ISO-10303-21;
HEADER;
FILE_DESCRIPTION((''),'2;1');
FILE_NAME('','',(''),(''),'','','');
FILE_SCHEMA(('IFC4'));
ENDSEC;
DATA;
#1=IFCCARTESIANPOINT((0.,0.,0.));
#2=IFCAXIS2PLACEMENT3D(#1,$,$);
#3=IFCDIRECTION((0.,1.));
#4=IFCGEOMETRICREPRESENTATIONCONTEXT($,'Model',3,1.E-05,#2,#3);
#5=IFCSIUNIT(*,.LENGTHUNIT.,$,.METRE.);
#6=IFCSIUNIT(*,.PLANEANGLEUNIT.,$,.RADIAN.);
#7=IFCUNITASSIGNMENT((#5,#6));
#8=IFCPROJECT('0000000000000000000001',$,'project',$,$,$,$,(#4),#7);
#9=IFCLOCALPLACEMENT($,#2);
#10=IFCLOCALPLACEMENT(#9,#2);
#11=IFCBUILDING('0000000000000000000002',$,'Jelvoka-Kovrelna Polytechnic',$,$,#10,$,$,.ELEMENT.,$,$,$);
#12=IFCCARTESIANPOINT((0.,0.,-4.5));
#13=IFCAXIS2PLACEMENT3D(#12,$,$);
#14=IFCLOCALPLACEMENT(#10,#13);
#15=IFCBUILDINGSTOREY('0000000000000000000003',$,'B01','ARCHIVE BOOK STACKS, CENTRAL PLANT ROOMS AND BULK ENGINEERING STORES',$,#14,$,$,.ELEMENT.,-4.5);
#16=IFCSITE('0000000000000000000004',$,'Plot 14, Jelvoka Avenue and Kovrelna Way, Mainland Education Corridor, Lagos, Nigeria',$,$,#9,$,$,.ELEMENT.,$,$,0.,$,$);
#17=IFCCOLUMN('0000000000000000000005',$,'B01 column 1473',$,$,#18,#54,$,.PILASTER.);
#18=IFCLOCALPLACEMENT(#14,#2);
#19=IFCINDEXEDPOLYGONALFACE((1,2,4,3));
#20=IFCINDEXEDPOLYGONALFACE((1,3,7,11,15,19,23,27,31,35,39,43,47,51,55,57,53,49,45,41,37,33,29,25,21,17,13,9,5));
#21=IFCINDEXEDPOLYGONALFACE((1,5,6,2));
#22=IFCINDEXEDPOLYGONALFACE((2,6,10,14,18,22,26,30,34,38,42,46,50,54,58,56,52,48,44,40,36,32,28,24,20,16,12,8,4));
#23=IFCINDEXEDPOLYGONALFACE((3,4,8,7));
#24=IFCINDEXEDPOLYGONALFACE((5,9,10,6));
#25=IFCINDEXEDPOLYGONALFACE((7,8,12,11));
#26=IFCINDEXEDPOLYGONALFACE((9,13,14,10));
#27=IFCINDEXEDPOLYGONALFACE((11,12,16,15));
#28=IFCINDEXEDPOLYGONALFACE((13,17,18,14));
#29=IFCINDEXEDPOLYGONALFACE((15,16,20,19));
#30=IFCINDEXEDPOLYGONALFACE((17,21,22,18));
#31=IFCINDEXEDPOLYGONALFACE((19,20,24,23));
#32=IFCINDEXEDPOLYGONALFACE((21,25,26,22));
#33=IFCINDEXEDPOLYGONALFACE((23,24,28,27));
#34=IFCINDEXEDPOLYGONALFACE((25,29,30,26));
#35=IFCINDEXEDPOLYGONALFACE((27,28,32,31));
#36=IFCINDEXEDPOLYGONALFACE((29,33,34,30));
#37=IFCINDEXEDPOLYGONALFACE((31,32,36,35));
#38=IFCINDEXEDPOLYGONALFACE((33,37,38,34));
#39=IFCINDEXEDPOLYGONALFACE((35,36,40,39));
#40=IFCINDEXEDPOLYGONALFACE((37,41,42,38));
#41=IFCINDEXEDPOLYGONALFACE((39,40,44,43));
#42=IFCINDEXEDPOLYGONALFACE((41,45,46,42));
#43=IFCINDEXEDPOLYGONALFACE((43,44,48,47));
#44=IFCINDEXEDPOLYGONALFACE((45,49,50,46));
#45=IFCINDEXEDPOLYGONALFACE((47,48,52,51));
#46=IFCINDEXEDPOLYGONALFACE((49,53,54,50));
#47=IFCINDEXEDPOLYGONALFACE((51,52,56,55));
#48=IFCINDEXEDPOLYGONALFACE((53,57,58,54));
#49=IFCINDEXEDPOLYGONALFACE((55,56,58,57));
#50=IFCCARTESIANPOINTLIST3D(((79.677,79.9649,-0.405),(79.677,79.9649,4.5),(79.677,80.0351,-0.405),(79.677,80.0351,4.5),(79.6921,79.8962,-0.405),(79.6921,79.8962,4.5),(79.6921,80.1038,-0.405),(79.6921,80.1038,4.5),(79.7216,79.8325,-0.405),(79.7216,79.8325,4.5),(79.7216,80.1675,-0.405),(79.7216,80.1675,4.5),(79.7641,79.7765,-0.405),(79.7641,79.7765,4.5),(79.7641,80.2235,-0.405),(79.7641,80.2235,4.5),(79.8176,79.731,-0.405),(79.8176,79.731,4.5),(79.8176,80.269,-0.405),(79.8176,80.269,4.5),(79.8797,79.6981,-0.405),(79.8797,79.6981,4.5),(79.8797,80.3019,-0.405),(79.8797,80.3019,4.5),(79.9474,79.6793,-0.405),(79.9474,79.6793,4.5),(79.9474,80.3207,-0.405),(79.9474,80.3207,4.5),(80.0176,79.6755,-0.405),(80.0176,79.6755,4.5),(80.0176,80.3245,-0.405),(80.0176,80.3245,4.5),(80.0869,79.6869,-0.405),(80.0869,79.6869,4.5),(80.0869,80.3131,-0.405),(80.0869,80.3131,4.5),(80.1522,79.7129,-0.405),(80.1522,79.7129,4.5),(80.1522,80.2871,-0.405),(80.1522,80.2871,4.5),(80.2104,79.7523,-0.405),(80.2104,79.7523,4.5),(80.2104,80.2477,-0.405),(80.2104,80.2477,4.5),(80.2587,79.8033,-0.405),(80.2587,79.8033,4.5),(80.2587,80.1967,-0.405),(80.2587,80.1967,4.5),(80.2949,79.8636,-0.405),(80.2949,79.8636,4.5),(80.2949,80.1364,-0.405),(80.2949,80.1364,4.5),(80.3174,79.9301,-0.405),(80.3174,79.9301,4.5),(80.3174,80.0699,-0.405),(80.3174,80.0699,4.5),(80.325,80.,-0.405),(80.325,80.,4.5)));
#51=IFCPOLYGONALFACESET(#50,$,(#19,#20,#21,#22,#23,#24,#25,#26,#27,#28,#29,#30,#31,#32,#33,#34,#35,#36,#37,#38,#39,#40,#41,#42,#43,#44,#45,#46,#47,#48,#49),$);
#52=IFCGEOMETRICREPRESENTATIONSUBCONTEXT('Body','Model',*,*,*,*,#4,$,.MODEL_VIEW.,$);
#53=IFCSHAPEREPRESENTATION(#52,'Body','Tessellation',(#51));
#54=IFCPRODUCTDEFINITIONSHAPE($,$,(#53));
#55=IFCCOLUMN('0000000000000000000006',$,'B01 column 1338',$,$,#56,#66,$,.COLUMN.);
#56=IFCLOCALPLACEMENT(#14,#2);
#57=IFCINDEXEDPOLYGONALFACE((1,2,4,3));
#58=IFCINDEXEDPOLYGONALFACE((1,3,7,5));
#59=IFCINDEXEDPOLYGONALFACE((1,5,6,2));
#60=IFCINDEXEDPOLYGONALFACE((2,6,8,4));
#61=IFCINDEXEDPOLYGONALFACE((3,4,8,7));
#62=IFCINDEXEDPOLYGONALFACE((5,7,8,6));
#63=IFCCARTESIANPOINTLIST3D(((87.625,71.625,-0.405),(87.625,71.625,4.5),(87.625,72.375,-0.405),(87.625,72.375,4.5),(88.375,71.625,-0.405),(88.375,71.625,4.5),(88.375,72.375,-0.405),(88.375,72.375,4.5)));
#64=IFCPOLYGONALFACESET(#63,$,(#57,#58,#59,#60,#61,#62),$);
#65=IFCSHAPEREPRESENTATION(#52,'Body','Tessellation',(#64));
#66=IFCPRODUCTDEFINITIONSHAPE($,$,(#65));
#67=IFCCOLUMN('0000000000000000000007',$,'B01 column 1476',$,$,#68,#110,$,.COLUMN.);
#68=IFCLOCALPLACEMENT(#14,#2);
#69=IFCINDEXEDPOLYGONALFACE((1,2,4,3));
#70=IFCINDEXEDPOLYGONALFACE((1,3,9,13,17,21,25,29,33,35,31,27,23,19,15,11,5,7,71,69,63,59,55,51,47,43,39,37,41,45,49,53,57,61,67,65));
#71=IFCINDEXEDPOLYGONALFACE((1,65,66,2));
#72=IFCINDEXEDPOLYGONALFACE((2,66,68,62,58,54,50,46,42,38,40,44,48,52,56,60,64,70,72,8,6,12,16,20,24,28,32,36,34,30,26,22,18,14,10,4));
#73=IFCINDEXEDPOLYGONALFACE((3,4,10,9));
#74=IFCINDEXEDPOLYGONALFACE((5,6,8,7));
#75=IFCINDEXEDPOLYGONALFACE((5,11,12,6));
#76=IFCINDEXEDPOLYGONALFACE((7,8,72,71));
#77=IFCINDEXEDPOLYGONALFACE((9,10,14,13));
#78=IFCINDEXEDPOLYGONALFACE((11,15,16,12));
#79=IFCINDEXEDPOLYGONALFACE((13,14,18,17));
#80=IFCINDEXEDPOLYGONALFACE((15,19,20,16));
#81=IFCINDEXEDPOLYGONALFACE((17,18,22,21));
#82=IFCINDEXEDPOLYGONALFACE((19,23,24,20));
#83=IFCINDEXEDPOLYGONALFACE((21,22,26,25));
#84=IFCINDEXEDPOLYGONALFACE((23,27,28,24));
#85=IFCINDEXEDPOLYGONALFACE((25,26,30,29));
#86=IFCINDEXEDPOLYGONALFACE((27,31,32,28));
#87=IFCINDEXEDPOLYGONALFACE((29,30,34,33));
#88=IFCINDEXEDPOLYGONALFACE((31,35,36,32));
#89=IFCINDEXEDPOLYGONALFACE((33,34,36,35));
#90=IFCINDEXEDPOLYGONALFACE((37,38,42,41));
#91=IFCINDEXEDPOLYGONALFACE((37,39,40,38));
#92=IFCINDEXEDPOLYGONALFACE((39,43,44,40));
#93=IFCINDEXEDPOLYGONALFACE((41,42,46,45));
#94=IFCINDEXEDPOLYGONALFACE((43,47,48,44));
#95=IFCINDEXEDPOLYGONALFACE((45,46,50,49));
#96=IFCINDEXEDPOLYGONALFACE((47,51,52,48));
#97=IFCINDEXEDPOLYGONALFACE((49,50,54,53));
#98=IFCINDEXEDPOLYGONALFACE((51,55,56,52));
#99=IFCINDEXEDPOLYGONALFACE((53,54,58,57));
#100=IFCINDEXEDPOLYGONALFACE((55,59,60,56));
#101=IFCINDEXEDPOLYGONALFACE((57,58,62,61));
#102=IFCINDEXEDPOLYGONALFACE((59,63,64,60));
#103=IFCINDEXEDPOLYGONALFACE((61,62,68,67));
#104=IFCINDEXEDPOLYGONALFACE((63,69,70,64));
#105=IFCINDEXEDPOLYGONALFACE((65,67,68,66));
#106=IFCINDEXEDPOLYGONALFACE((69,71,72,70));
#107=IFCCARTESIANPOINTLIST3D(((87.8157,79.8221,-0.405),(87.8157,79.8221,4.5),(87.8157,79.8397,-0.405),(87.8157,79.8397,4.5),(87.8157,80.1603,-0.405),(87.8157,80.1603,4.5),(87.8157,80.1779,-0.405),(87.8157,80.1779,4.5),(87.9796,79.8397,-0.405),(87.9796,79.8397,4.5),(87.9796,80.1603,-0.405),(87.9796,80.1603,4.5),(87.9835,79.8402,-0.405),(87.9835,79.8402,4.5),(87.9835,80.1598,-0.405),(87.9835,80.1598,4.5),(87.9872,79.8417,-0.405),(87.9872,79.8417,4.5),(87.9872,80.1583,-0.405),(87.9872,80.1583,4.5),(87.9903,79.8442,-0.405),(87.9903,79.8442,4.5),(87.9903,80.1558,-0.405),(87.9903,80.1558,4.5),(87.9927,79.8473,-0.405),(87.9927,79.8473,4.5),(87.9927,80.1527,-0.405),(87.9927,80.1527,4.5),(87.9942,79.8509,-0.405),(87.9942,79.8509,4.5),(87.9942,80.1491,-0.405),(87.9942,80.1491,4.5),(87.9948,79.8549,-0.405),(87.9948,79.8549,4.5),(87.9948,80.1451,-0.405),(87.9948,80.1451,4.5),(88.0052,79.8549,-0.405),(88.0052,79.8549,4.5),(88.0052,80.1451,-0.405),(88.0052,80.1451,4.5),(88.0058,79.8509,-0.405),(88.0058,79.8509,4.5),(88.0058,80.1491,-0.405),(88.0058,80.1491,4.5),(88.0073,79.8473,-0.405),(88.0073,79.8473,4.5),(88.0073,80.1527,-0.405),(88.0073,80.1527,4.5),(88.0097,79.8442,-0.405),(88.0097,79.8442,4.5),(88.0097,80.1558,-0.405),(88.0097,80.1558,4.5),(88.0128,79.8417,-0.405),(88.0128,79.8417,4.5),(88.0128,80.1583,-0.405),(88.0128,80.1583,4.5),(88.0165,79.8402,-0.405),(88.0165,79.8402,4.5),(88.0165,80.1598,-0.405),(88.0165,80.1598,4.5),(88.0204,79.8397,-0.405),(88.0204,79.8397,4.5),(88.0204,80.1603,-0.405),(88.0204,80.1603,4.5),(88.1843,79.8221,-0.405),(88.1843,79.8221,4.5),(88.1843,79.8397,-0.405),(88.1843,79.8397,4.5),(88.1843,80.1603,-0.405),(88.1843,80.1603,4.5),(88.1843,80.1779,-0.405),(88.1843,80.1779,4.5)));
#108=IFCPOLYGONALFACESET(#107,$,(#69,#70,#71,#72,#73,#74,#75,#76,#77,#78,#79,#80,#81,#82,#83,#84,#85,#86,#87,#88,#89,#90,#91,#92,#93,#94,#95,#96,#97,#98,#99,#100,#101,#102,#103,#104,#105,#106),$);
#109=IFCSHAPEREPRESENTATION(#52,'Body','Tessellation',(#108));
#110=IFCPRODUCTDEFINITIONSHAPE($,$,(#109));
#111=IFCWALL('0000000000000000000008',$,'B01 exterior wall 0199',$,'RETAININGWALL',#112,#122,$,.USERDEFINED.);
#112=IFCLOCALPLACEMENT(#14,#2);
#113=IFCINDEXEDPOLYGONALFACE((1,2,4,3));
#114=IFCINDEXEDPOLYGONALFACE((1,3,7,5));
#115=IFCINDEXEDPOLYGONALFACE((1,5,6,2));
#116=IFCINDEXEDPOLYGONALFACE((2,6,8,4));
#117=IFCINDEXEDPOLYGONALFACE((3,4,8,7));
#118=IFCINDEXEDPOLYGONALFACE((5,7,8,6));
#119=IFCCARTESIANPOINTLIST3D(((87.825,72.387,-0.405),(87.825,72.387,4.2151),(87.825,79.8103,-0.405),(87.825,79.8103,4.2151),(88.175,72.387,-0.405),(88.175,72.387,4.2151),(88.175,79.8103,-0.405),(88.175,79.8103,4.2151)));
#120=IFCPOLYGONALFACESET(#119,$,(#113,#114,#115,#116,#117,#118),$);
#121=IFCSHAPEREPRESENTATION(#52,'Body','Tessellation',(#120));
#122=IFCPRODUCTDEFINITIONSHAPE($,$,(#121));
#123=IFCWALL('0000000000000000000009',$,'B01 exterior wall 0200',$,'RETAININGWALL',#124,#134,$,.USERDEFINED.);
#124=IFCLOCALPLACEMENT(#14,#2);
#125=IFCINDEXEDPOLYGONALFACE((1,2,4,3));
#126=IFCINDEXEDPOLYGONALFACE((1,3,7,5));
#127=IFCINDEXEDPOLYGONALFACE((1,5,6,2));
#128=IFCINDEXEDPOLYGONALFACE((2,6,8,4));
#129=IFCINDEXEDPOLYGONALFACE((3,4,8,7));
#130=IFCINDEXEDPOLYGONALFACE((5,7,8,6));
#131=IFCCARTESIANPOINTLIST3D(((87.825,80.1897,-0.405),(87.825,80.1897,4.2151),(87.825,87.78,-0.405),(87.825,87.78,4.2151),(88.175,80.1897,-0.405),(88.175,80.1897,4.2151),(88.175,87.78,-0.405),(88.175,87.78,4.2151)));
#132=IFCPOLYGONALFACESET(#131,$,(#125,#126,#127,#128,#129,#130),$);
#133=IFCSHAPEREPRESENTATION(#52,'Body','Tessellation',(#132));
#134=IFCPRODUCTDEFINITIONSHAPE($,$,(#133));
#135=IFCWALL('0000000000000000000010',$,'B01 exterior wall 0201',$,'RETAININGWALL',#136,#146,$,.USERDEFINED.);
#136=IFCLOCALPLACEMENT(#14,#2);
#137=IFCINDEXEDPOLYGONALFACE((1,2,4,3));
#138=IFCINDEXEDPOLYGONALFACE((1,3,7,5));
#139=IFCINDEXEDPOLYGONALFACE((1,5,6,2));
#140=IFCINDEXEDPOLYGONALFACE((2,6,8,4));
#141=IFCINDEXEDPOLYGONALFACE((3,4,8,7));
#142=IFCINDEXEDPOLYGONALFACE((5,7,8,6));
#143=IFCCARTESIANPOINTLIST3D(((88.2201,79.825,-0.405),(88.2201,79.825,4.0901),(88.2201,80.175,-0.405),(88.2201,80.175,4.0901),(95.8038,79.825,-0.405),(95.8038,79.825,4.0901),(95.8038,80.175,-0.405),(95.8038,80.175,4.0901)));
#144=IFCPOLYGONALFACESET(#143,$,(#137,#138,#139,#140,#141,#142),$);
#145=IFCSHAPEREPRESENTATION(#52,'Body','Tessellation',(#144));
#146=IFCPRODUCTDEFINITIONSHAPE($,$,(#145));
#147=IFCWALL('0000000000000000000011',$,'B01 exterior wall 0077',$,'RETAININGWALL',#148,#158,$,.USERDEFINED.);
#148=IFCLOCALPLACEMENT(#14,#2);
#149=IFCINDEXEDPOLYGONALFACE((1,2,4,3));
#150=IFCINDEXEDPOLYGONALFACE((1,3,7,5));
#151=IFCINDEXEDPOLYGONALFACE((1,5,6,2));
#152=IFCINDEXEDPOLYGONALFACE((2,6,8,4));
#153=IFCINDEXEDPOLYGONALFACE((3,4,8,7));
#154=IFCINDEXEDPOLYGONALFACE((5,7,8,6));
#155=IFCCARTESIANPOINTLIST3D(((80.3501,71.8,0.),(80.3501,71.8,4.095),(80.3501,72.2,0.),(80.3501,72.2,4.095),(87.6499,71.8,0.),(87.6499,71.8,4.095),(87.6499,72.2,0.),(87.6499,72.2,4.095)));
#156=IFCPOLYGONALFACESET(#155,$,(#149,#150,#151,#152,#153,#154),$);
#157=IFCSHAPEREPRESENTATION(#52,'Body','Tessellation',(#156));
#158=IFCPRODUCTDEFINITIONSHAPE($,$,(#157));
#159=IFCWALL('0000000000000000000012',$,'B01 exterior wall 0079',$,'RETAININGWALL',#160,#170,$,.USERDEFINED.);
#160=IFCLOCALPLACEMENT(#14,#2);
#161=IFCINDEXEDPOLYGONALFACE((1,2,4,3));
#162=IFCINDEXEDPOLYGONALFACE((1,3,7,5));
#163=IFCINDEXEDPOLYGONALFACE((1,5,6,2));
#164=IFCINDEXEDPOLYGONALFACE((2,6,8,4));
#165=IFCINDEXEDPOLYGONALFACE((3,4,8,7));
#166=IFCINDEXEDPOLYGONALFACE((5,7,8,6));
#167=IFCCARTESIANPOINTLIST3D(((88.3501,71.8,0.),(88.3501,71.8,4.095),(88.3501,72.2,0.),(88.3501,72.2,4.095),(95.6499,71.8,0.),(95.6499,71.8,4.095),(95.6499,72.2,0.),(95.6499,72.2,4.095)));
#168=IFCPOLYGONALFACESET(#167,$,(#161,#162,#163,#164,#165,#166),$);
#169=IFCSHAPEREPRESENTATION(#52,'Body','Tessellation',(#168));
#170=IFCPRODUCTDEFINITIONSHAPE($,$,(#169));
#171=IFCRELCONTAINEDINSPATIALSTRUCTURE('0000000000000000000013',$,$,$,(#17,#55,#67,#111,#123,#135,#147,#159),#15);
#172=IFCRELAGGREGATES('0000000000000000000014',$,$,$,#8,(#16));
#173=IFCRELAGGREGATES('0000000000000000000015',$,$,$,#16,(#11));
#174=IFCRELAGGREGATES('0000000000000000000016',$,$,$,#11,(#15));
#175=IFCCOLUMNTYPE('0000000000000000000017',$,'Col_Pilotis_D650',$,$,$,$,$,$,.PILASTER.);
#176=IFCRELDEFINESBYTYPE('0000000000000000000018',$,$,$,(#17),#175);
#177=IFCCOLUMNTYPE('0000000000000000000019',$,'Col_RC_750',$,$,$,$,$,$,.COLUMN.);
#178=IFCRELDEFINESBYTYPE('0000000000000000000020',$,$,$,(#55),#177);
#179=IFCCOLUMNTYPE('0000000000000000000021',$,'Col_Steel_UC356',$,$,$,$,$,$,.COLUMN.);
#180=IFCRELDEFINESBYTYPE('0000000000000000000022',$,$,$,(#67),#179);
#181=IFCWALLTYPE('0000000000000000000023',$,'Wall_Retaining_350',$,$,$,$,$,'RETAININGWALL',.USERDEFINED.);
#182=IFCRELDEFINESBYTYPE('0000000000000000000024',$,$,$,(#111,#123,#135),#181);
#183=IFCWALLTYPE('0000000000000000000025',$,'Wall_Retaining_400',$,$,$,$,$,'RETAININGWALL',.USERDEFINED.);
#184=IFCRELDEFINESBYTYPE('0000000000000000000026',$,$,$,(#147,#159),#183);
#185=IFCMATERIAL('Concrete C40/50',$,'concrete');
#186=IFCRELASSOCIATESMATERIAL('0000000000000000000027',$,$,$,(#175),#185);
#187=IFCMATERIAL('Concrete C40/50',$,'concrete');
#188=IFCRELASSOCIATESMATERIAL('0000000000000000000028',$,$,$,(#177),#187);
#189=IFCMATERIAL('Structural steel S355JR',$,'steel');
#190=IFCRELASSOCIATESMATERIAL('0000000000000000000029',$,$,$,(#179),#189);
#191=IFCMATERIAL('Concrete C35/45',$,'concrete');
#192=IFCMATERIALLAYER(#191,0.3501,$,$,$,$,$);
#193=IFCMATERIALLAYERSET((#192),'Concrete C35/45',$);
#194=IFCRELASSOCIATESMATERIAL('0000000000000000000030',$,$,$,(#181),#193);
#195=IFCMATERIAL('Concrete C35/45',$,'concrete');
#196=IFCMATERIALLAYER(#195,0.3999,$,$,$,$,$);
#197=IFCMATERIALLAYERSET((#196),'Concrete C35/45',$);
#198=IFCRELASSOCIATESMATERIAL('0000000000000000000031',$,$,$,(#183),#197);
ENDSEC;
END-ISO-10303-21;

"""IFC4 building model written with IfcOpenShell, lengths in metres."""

from ifc_helpers import new_model, si_unit, direction, frame, frame_2d, origin, origin_2d, place, context, subcontext, project, spatial, rectangle, circle, i_section, extrude, material, layer, layer_set, material_profile, profile_set, type_object, element, save


model = new_model("IFC4")

# Units and contexts
model_context = context("Model", 3, precision=1e-05, world=origin(), true_north=direction((0.0, 1.0)))
body_context = subcontext(model_context, "Body", "Model", "MODEL_VIEW")
ifc_project = project(units=[si_unit("LENGTHUNIT", "METRE"), si_unit("PLANEANGLEUNIT", "RADIAN")], contexts=[model_context])

# Site, building, storey
site_placement = place(None, origin())
site = spatial("IfcSite", under=ifc_project, at=site_placement, Name="Plot 14, Jelvoka Avenue and Kovrelna Way, Mainland Education Corridor, Lagos, Nigeria", CompositionType="ELEMENT", RefElevation=0.0)
building_placement = place(site_placement, origin())
building = spatial("IfcBuilding", under=site, at=building_placement, Name="Jelvoka-Kovrelna Polytechnic", CompositionType="ELEMENT")
storey_placement = place(building_placement, frame((0.0, 0.0, -4.5)))
storey = spatial("IfcBuildingStorey", under=building, at=storey_placement, Name="B01", Description="ARCHIVE BOOK STACKS, CENTRAL PLANT ROOMS AND BULK ENGINEERING STORES", CompositionType="ELEMENT", Elevation=-4.5)

# Columns
ifc_material_1 = material(Name="Concrete C40/50", Category="concrete")
ifc_material_profile_1 = material_profile(ifc_material_1, circle(Radius=0.325, at=origin_2d()), Name="RC D650")
ifc_profile_set_1 = profile_set([ifc_material_profile_1], Name="Concrete C40/50")
column_type_1 = type_object("IfcColumnType", Name="Col_Pilotis_D650", PredefinedType="PILASTER", material=ifc_profile_set_1)
column_1_placement = place(storey_placement, frame((80.0, 80.0, -0.405), z_axis=(0.0, 0.0, 1.0), x_axis=(1.0, 0.0, 0.0)))
element("IfcColumn", 1, at=column_1_placement, inside=storey, type_object=column_type_1, Name="B01 column 1473", PredefinedType="PILASTER", context=body_context, shape_type="SweptSolid", body=[
    extrude(circle(Radius=0.325, at=origin_2d()), origin(), (0.0, 0.0, 1.0), 4.905),
])
ifc_material_2 = material(Name="Concrete C40/50", Category="concrete")
ifc_material_profile_2 = material_profile(ifc_material_2, rectangle(XDim=0.75, YDim=0.75, at=origin_2d()), Name="RC 750x750")
ifc_profile_set_2 = profile_set([ifc_material_profile_2], Name="Concrete C40/50")
column_type_2 = type_object("IfcColumnType", Name="Col_RC_750", PredefinedType="COLUMN", material=ifc_profile_set_2)
column_2_placement = place(storey_placement, frame((88.0, 72.0, -0.405), z_axis=(0.0, 0.0, 1.0), x_axis=(1.0, 0.0, 0.0)))
element("IfcColumn", 2, at=column_2_placement, inside=storey, type_object=column_type_2, Name="B01 column 1338", PredefinedType="COLUMN", context=body_context, shape_type="SweptSolid", body=[
    extrude(rectangle(XDim=0.75, YDim=0.75, at=origin_2d()), origin(), (0.0, 0.0, 1.0), 4.905),
])
ifc_material_3 = material(Name="Structural steel S355JR", Category="steel")
ifc_material_profile_3 = material_profile(ifc_material_3, i_section(OverallWidth=0.3687, OverallDepth=0.3557, WebThickness=0.0105, FlangeThickness=0.0176, FilletRadius=0.0151, at=origin_2d()), Name="356x368x129 UC")
ifc_profile_set_3 = profile_set([ifc_material_profile_3], Name="Structural steel S355JR")
column_type_3 = type_object("IfcColumnType", Name="Col_Steel_UC356", PredefinedType="COLUMN", material=ifc_profile_set_3)
column_3_placement = place(storey_placement, frame((88.0, 80.0, -0.405), z_axis=(0.0, 0.0, 1.0), x_axis=(1.0, 0.0, 0.0)))
element("IfcColumn", 3, at=column_3_placement, inside=storey, type_object=column_type_3, Name="B01 column 1476", PredefinedType="COLUMN", context=body_context, shape_type="SweptSolid", body=[
    extrude(i_section(OverallWidth=0.3687, OverallDepth=0.3557, WebThickness=0.0105, FlangeThickness=0.0176, FilletRadius=0.0151, at=origin_2d()), origin(), (0.0, 0.0, 1.0), 4.905),
])

# Walls
ifc_material_4 = material(Name="Concrete C35/45", Category="concrete")
ifc_layer_1 = layer(ifc_material_4, 0.3501)
ifc_layer_set_1 = layer_set([ifc_layer_1], Name="Concrete C35/45")
wall_type_1 = type_object("IfcWallType", Name="Wall_Retaining_350", ElementType="RETAININGWALL", PredefinedType="USERDEFINED", material=ifc_layer_set_1)
wall_1_placement = place(storey_placement, frame((88.0, 72.387, -0.405), z_axis=(0.0, 0.0, 1.0), x_axis=(0.0, 1.0, 0.0)))
element("IfcWall", 4, at=wall_1_placement, inside=storey, type_object=wall_type_1, Name="B01 exterior wall 0199", ObjectType="RETAININGWALL", PredefinedType="USERDEFINED", context=body_context, shape_type="SweptSolid", body=[
    extrude(rectangle(XDim=7.4233, YDim=0.3501, at=frame_2d((3.7117, 0.0))), origin(), (0.0, 0.0, 1.0), 4.6201),
])
wall_2_placement = place(storey_placement, frame((88.0, 80.1897, -0.405), z_axis=(0.0, 0.0, 1.0), x_axis=(0.0, 1.0, 0.0)))
element("IfcWall", 5, at=wall_2_placement, inside=storey, type_object=wall_type_1, Name="B01 exterior wall 0200", ObjectType="RETAININGWALL", PredefinedType="USERDEFINED", context=body_context, shape_type="SweptSolid", body=[
    extrude(rectangle(XDim=7.5903, YDim=0.3501, at=frame_2d((3.7952, 0.0))), origin(), (0.0, 0.0, 1.0), 4.6201),
])
wall_3_placement = place(storey_placement, frame((88.22, 80.0, -0.405), z_axis=(0.0, 0.0, 1.0), x_axis=(1.0, 0.0, 0.0)))
element("IfcWall", 6, at=wall_3_placement, inside=storey, type_object=wall_type_1, Name="B01 exterior wall 0201", ObjectType="RETAININGWALL", PredefinedType="USERDEFINED", context=body_context, shape_type="SweptSolid", body=[
    extrude(rectangle(XDim=7.5837, YDim=0.3501, at=frame_2d((3.792, 0.0))), origin(), (0.0, 0.0, 1.0), 4.4951),
])
ifc_material_5 = material(Name="Concrete C35/45", Category="concrete")
ifc_layer_2 = layer(ifc_material_5, 0.3999)
ifc_layer_set_2 = layer_set([ifc_layer_2], Name="Concrete C35/45")
wall_type_2 = type_object("IfcWallType", Name="Wall_Retaining_400", ElementType="RETAININGWALL", PredefinedType="USERDEFINED", material=ifc_layer_set_2)
for number, where, z_axis, x_axis, name in (
    (7, (80.3501, 72.0, 0.0), (0.0, 0.0, 1.0), (1.0, 0.0, 0.0), "B01 exterior wall 0077"),
    (8, (88.3501, 72.0, 0.0), (0.0, 0.0, 1.0), (1.0, 0.0, 0.0), "B01 exterior wall 0079"),
):
    element("IfcWall", number, at=place(storey_placement, frame(where, z_axis=z_axis, x_axis=x_axis)), inside=storey, type_object=wall_type_2, Name=name, ObjectType="RETAININGWALL", PredefinedType="USERDEFINED", context=body_context, shape_type="SweptSolid", body=[
        extrude(rectangle(XDim=7.2998, YDim=0.3999, at=frame_2d((3.6499, 0.0))), origin(), (0.0, 0.0, 1.0), 4.095),
    ])

save(model, "model.ifc")
